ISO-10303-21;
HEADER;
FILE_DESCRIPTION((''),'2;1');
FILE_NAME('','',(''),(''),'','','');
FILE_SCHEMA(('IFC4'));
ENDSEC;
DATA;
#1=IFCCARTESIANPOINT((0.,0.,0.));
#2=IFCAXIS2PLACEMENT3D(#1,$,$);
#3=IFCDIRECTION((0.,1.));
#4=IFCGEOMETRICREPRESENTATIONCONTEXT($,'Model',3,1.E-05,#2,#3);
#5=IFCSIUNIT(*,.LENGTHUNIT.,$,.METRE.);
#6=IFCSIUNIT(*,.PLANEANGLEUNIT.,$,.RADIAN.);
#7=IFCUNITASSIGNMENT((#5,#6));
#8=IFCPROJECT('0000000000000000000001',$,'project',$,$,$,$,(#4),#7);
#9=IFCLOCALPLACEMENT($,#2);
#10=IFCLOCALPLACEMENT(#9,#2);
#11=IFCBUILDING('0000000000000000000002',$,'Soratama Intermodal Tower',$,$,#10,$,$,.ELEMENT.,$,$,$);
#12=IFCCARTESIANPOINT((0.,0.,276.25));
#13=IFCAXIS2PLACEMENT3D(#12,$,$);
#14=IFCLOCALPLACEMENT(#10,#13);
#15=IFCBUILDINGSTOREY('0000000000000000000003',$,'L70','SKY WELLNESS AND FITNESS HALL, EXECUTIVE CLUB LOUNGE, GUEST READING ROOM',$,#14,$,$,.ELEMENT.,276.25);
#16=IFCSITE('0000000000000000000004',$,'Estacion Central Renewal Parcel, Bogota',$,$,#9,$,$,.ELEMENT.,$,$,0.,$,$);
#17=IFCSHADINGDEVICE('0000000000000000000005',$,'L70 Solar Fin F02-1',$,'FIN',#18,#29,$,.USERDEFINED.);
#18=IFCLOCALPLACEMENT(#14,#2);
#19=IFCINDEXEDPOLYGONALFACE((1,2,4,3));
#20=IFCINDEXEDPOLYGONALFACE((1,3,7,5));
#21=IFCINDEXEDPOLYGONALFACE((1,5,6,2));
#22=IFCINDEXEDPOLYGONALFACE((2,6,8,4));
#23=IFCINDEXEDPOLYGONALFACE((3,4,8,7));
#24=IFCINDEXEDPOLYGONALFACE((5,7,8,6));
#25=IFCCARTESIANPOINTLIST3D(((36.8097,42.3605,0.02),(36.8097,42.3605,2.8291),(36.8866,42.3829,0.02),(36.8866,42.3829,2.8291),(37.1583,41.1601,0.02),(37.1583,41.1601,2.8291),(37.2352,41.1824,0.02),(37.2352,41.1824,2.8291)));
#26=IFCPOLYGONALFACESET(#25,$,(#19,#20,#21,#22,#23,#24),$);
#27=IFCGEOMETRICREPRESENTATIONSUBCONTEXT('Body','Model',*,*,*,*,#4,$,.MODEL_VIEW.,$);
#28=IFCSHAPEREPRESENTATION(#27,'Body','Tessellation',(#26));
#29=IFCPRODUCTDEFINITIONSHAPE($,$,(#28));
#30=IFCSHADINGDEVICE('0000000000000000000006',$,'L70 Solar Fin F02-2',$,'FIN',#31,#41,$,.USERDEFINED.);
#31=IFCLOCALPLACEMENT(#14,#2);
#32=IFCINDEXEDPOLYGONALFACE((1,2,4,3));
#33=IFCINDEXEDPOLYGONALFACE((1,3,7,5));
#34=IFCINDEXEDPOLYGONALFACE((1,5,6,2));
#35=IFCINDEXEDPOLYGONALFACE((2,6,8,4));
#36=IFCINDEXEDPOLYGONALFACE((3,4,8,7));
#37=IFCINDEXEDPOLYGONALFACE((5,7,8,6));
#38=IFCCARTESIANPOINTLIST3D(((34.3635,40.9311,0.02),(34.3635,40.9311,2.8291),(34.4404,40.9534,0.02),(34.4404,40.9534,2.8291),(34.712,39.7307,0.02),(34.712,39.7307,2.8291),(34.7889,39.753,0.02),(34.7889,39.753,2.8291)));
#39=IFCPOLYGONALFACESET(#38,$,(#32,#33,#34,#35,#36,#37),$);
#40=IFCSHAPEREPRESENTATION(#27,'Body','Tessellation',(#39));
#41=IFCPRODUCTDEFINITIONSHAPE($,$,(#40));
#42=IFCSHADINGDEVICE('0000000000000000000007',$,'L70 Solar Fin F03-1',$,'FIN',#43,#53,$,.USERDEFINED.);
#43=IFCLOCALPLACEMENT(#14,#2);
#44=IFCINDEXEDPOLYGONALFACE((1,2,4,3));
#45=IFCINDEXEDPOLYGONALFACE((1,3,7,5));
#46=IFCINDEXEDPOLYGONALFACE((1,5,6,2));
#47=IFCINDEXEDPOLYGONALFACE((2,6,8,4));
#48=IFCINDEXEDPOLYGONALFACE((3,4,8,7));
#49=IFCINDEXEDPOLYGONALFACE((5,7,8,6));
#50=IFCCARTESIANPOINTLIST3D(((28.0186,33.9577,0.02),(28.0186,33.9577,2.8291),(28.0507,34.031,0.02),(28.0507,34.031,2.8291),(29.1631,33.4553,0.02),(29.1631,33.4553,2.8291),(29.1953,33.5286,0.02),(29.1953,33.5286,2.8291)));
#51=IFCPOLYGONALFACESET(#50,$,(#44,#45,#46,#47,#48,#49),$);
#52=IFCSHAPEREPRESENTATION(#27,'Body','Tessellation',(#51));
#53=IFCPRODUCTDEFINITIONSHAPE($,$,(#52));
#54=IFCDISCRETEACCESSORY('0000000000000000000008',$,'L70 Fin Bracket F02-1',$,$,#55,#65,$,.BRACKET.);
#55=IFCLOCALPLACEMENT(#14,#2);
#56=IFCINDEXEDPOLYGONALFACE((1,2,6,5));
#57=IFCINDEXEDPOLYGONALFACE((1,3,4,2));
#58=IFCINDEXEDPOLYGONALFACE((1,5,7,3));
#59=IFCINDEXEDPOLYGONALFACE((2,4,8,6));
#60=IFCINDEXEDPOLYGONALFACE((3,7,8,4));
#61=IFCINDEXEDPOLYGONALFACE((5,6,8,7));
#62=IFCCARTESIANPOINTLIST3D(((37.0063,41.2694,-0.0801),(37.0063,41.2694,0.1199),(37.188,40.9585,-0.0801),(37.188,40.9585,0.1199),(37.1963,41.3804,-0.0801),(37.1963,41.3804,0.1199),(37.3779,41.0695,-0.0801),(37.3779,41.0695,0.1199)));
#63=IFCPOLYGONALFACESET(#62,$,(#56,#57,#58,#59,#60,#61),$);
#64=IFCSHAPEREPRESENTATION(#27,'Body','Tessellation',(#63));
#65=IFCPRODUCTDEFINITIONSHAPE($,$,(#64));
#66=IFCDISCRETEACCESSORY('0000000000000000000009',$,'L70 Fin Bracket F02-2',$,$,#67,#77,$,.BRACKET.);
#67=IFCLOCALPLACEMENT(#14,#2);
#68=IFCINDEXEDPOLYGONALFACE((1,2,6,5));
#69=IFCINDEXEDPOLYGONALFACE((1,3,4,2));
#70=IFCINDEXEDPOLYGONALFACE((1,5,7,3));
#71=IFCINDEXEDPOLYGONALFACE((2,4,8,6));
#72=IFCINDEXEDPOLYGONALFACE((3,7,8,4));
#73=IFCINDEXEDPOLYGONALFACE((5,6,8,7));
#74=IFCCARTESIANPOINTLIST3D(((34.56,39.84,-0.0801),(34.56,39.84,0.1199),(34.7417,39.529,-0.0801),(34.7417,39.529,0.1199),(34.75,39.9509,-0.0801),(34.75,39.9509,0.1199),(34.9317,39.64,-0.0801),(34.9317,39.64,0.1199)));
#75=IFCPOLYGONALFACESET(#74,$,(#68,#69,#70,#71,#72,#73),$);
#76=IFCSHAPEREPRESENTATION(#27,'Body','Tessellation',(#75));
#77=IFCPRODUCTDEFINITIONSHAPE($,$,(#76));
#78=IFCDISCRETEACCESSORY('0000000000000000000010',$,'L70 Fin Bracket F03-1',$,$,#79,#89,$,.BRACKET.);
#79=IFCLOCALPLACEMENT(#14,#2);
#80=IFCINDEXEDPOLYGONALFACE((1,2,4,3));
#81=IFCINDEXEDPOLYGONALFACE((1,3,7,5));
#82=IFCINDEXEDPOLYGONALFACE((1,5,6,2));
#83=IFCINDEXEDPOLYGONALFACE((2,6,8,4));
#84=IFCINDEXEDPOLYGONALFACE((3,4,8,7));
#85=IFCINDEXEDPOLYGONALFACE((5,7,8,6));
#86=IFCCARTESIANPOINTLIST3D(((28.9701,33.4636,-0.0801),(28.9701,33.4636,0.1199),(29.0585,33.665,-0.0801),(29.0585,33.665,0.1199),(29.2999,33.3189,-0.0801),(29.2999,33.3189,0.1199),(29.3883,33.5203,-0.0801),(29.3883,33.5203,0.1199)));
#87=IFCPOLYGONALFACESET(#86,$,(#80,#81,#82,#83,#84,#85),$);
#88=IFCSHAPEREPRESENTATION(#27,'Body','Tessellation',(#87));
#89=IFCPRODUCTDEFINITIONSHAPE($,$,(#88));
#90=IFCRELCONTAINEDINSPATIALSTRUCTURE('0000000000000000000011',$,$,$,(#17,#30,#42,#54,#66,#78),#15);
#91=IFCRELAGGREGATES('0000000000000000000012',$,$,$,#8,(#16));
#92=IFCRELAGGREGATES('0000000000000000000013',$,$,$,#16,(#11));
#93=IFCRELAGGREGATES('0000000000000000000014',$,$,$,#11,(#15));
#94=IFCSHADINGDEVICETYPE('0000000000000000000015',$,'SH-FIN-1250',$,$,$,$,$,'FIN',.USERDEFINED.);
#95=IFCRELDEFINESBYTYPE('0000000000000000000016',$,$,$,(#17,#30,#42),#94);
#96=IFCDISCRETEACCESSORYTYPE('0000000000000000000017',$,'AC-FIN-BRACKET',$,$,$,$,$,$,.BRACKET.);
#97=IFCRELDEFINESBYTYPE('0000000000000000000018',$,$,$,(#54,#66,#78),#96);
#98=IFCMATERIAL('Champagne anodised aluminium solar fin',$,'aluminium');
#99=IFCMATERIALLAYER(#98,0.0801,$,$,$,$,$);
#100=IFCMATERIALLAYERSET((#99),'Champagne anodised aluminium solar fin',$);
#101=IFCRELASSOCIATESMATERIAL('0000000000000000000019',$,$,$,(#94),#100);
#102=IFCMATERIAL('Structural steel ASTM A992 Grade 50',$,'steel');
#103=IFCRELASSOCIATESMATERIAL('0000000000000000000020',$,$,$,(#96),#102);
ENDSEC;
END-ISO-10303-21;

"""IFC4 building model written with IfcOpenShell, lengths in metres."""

from ifc_helpers import new_model, si_unit, direction, frame, origin, origin_2d, place, context, subcontext, project, spatial, rectangle, extrude, material, layer, layer_set, type_object, element, save


model = new_model("IFC4")

# Units and contexts
model_context = context("Model", 3, precision=1e-05, world=origin(), true_north=direction((0.0, 1.0)))
body_context = subcontext(model_context, "Body", "Model", "MODEL_VIEW")
ifc_project = project(units=[si_unit("LENGTHUNIT", "METRE"), si_unit("PLANEANGLEUNIT", "RADIAN")], contexts=[model_context])

# Site, building, storey
site_placement = place(None, origin())
site = spatial("IfcSite", under=ifc_project, at=site_placement, Name="Estacion Central Renewal Parcel, Bogota", CompositionType="ELEMENT", RefElevation=0.0)
building_placement = place(site_placement, origin())
building = spatial("IfcBuilding", under=site, at=building_placement, Name="Soratama Intermodal Tower", CompositionType="ELEMENT")
storey_placement = place(building_placement, frame((0.0, 0.0, 276.25)))
storey = spatial("IfcBuildingStorey", under=building, at=storey_placement, Name="L70", Description="SKY WELLNESS AND FITNESS HALL, EXECUTIVE CLUB LOUNGE, GUEST READING ROOM", CompositionType="ELEMENT", Elevation=276.25)

# Shading devices
ifc_material_1 = material(Name="Champagne anodised aluminium solar fin", Category="aluminium")
ifc_layer_1 = layer(ifc_material_1, 0.0801)
ifc_layer_set_1 = layer_set([ifc_layer_1], Name="Champagne anodised aluminium solar fin")
shading_device_type = type_object("IfcShadingDeviceType", Name="SH-FIN-1250", ElementType="FIN", PredefinedType="USERDEFINED", material=ifc_layer_set_1)
for number, where, z_axis, x_axis, name in (
    (1, (37.0225, 41.7715, 0.02), (0.0, 0.0, 1.0), (-0.278823, 0.960342, 0.0), "L70 Solar Fin F02-1"),
    (2, (34.5762, 40.342, 0.02), (0.0, 0.0, 1.0), (-0.278823, 0.960342, 0.0), "L70 Solar Fin F02-2"),
    (3, (28.6069, 33.7432, 0.02), (0.0, 0.0, 1.0), (-0.915663, 0.401948, 0.0), "L70 Solar Fin F03-1"),
):
    element("IfcShadingDevice", number, at=place(storey_placement, frame(where, z_axis=z_axis, x_axis=x_axis)), inside=storey, type_object=shading_device_type, Name=name, ObjectType="FIN", PredefinedType="USERDEFINED", context=body_context, shape_type="SweptSolid", body=[
        extrude(rectangle(XDim=1.25, YDim=0.0801, at=origin_2d()), origin(), (0.0, 0.0, 1.0), 2.8091),
    ])

# Discrete accessories
ifc_material_2 = material(Name="Structural steel ASTM A992 Grade 50", Category="steel")
discrete_accessory_type = type_object("IfcDiscreteAccessoryType", Name="AC-FIN-BRACKET", PredefinedType="BRACKET", material=ifc_material_2)
for number, where, z_axis, x_axis, name in (
    (4, (37.1921, 41.1694, -0.0801), (0.0, 0.0, 1.0), (-0.504528, 0.863396, 0.0), "L70 Fin Bracket F02-1"),
    (5, (34.7458, 39.74, -0.0801), (0.0, 0.0, 1.0), (-0.504528, 0.863396, 0.0), "L70 Fin Bracket F02-2"),
    (6, (29.1792, 33.4919, -0.0801), (0.0, 0.0, 1.0), (-0.915663, 0.401948, 0.0), "L70 Fin Bracket F03-1"),
):
    element("IfcDiscreteAccessory", number, at=place(storey_placement, frame(where, z_axis=z_axis, x_axis=x_axis)), inside=storey, type_object=discrete_accessory_type, Name=name, PredefinedType="BRACKET", context=body_context, shape_type="SweptSolid", body=[
        extrude(rectangle(XDim=0.3601, YDim=0.22, at=origin_2d()), origin(), (0.0, 0.0, 1.0), 0.2),
    ])

save(model, "model.ifc")
